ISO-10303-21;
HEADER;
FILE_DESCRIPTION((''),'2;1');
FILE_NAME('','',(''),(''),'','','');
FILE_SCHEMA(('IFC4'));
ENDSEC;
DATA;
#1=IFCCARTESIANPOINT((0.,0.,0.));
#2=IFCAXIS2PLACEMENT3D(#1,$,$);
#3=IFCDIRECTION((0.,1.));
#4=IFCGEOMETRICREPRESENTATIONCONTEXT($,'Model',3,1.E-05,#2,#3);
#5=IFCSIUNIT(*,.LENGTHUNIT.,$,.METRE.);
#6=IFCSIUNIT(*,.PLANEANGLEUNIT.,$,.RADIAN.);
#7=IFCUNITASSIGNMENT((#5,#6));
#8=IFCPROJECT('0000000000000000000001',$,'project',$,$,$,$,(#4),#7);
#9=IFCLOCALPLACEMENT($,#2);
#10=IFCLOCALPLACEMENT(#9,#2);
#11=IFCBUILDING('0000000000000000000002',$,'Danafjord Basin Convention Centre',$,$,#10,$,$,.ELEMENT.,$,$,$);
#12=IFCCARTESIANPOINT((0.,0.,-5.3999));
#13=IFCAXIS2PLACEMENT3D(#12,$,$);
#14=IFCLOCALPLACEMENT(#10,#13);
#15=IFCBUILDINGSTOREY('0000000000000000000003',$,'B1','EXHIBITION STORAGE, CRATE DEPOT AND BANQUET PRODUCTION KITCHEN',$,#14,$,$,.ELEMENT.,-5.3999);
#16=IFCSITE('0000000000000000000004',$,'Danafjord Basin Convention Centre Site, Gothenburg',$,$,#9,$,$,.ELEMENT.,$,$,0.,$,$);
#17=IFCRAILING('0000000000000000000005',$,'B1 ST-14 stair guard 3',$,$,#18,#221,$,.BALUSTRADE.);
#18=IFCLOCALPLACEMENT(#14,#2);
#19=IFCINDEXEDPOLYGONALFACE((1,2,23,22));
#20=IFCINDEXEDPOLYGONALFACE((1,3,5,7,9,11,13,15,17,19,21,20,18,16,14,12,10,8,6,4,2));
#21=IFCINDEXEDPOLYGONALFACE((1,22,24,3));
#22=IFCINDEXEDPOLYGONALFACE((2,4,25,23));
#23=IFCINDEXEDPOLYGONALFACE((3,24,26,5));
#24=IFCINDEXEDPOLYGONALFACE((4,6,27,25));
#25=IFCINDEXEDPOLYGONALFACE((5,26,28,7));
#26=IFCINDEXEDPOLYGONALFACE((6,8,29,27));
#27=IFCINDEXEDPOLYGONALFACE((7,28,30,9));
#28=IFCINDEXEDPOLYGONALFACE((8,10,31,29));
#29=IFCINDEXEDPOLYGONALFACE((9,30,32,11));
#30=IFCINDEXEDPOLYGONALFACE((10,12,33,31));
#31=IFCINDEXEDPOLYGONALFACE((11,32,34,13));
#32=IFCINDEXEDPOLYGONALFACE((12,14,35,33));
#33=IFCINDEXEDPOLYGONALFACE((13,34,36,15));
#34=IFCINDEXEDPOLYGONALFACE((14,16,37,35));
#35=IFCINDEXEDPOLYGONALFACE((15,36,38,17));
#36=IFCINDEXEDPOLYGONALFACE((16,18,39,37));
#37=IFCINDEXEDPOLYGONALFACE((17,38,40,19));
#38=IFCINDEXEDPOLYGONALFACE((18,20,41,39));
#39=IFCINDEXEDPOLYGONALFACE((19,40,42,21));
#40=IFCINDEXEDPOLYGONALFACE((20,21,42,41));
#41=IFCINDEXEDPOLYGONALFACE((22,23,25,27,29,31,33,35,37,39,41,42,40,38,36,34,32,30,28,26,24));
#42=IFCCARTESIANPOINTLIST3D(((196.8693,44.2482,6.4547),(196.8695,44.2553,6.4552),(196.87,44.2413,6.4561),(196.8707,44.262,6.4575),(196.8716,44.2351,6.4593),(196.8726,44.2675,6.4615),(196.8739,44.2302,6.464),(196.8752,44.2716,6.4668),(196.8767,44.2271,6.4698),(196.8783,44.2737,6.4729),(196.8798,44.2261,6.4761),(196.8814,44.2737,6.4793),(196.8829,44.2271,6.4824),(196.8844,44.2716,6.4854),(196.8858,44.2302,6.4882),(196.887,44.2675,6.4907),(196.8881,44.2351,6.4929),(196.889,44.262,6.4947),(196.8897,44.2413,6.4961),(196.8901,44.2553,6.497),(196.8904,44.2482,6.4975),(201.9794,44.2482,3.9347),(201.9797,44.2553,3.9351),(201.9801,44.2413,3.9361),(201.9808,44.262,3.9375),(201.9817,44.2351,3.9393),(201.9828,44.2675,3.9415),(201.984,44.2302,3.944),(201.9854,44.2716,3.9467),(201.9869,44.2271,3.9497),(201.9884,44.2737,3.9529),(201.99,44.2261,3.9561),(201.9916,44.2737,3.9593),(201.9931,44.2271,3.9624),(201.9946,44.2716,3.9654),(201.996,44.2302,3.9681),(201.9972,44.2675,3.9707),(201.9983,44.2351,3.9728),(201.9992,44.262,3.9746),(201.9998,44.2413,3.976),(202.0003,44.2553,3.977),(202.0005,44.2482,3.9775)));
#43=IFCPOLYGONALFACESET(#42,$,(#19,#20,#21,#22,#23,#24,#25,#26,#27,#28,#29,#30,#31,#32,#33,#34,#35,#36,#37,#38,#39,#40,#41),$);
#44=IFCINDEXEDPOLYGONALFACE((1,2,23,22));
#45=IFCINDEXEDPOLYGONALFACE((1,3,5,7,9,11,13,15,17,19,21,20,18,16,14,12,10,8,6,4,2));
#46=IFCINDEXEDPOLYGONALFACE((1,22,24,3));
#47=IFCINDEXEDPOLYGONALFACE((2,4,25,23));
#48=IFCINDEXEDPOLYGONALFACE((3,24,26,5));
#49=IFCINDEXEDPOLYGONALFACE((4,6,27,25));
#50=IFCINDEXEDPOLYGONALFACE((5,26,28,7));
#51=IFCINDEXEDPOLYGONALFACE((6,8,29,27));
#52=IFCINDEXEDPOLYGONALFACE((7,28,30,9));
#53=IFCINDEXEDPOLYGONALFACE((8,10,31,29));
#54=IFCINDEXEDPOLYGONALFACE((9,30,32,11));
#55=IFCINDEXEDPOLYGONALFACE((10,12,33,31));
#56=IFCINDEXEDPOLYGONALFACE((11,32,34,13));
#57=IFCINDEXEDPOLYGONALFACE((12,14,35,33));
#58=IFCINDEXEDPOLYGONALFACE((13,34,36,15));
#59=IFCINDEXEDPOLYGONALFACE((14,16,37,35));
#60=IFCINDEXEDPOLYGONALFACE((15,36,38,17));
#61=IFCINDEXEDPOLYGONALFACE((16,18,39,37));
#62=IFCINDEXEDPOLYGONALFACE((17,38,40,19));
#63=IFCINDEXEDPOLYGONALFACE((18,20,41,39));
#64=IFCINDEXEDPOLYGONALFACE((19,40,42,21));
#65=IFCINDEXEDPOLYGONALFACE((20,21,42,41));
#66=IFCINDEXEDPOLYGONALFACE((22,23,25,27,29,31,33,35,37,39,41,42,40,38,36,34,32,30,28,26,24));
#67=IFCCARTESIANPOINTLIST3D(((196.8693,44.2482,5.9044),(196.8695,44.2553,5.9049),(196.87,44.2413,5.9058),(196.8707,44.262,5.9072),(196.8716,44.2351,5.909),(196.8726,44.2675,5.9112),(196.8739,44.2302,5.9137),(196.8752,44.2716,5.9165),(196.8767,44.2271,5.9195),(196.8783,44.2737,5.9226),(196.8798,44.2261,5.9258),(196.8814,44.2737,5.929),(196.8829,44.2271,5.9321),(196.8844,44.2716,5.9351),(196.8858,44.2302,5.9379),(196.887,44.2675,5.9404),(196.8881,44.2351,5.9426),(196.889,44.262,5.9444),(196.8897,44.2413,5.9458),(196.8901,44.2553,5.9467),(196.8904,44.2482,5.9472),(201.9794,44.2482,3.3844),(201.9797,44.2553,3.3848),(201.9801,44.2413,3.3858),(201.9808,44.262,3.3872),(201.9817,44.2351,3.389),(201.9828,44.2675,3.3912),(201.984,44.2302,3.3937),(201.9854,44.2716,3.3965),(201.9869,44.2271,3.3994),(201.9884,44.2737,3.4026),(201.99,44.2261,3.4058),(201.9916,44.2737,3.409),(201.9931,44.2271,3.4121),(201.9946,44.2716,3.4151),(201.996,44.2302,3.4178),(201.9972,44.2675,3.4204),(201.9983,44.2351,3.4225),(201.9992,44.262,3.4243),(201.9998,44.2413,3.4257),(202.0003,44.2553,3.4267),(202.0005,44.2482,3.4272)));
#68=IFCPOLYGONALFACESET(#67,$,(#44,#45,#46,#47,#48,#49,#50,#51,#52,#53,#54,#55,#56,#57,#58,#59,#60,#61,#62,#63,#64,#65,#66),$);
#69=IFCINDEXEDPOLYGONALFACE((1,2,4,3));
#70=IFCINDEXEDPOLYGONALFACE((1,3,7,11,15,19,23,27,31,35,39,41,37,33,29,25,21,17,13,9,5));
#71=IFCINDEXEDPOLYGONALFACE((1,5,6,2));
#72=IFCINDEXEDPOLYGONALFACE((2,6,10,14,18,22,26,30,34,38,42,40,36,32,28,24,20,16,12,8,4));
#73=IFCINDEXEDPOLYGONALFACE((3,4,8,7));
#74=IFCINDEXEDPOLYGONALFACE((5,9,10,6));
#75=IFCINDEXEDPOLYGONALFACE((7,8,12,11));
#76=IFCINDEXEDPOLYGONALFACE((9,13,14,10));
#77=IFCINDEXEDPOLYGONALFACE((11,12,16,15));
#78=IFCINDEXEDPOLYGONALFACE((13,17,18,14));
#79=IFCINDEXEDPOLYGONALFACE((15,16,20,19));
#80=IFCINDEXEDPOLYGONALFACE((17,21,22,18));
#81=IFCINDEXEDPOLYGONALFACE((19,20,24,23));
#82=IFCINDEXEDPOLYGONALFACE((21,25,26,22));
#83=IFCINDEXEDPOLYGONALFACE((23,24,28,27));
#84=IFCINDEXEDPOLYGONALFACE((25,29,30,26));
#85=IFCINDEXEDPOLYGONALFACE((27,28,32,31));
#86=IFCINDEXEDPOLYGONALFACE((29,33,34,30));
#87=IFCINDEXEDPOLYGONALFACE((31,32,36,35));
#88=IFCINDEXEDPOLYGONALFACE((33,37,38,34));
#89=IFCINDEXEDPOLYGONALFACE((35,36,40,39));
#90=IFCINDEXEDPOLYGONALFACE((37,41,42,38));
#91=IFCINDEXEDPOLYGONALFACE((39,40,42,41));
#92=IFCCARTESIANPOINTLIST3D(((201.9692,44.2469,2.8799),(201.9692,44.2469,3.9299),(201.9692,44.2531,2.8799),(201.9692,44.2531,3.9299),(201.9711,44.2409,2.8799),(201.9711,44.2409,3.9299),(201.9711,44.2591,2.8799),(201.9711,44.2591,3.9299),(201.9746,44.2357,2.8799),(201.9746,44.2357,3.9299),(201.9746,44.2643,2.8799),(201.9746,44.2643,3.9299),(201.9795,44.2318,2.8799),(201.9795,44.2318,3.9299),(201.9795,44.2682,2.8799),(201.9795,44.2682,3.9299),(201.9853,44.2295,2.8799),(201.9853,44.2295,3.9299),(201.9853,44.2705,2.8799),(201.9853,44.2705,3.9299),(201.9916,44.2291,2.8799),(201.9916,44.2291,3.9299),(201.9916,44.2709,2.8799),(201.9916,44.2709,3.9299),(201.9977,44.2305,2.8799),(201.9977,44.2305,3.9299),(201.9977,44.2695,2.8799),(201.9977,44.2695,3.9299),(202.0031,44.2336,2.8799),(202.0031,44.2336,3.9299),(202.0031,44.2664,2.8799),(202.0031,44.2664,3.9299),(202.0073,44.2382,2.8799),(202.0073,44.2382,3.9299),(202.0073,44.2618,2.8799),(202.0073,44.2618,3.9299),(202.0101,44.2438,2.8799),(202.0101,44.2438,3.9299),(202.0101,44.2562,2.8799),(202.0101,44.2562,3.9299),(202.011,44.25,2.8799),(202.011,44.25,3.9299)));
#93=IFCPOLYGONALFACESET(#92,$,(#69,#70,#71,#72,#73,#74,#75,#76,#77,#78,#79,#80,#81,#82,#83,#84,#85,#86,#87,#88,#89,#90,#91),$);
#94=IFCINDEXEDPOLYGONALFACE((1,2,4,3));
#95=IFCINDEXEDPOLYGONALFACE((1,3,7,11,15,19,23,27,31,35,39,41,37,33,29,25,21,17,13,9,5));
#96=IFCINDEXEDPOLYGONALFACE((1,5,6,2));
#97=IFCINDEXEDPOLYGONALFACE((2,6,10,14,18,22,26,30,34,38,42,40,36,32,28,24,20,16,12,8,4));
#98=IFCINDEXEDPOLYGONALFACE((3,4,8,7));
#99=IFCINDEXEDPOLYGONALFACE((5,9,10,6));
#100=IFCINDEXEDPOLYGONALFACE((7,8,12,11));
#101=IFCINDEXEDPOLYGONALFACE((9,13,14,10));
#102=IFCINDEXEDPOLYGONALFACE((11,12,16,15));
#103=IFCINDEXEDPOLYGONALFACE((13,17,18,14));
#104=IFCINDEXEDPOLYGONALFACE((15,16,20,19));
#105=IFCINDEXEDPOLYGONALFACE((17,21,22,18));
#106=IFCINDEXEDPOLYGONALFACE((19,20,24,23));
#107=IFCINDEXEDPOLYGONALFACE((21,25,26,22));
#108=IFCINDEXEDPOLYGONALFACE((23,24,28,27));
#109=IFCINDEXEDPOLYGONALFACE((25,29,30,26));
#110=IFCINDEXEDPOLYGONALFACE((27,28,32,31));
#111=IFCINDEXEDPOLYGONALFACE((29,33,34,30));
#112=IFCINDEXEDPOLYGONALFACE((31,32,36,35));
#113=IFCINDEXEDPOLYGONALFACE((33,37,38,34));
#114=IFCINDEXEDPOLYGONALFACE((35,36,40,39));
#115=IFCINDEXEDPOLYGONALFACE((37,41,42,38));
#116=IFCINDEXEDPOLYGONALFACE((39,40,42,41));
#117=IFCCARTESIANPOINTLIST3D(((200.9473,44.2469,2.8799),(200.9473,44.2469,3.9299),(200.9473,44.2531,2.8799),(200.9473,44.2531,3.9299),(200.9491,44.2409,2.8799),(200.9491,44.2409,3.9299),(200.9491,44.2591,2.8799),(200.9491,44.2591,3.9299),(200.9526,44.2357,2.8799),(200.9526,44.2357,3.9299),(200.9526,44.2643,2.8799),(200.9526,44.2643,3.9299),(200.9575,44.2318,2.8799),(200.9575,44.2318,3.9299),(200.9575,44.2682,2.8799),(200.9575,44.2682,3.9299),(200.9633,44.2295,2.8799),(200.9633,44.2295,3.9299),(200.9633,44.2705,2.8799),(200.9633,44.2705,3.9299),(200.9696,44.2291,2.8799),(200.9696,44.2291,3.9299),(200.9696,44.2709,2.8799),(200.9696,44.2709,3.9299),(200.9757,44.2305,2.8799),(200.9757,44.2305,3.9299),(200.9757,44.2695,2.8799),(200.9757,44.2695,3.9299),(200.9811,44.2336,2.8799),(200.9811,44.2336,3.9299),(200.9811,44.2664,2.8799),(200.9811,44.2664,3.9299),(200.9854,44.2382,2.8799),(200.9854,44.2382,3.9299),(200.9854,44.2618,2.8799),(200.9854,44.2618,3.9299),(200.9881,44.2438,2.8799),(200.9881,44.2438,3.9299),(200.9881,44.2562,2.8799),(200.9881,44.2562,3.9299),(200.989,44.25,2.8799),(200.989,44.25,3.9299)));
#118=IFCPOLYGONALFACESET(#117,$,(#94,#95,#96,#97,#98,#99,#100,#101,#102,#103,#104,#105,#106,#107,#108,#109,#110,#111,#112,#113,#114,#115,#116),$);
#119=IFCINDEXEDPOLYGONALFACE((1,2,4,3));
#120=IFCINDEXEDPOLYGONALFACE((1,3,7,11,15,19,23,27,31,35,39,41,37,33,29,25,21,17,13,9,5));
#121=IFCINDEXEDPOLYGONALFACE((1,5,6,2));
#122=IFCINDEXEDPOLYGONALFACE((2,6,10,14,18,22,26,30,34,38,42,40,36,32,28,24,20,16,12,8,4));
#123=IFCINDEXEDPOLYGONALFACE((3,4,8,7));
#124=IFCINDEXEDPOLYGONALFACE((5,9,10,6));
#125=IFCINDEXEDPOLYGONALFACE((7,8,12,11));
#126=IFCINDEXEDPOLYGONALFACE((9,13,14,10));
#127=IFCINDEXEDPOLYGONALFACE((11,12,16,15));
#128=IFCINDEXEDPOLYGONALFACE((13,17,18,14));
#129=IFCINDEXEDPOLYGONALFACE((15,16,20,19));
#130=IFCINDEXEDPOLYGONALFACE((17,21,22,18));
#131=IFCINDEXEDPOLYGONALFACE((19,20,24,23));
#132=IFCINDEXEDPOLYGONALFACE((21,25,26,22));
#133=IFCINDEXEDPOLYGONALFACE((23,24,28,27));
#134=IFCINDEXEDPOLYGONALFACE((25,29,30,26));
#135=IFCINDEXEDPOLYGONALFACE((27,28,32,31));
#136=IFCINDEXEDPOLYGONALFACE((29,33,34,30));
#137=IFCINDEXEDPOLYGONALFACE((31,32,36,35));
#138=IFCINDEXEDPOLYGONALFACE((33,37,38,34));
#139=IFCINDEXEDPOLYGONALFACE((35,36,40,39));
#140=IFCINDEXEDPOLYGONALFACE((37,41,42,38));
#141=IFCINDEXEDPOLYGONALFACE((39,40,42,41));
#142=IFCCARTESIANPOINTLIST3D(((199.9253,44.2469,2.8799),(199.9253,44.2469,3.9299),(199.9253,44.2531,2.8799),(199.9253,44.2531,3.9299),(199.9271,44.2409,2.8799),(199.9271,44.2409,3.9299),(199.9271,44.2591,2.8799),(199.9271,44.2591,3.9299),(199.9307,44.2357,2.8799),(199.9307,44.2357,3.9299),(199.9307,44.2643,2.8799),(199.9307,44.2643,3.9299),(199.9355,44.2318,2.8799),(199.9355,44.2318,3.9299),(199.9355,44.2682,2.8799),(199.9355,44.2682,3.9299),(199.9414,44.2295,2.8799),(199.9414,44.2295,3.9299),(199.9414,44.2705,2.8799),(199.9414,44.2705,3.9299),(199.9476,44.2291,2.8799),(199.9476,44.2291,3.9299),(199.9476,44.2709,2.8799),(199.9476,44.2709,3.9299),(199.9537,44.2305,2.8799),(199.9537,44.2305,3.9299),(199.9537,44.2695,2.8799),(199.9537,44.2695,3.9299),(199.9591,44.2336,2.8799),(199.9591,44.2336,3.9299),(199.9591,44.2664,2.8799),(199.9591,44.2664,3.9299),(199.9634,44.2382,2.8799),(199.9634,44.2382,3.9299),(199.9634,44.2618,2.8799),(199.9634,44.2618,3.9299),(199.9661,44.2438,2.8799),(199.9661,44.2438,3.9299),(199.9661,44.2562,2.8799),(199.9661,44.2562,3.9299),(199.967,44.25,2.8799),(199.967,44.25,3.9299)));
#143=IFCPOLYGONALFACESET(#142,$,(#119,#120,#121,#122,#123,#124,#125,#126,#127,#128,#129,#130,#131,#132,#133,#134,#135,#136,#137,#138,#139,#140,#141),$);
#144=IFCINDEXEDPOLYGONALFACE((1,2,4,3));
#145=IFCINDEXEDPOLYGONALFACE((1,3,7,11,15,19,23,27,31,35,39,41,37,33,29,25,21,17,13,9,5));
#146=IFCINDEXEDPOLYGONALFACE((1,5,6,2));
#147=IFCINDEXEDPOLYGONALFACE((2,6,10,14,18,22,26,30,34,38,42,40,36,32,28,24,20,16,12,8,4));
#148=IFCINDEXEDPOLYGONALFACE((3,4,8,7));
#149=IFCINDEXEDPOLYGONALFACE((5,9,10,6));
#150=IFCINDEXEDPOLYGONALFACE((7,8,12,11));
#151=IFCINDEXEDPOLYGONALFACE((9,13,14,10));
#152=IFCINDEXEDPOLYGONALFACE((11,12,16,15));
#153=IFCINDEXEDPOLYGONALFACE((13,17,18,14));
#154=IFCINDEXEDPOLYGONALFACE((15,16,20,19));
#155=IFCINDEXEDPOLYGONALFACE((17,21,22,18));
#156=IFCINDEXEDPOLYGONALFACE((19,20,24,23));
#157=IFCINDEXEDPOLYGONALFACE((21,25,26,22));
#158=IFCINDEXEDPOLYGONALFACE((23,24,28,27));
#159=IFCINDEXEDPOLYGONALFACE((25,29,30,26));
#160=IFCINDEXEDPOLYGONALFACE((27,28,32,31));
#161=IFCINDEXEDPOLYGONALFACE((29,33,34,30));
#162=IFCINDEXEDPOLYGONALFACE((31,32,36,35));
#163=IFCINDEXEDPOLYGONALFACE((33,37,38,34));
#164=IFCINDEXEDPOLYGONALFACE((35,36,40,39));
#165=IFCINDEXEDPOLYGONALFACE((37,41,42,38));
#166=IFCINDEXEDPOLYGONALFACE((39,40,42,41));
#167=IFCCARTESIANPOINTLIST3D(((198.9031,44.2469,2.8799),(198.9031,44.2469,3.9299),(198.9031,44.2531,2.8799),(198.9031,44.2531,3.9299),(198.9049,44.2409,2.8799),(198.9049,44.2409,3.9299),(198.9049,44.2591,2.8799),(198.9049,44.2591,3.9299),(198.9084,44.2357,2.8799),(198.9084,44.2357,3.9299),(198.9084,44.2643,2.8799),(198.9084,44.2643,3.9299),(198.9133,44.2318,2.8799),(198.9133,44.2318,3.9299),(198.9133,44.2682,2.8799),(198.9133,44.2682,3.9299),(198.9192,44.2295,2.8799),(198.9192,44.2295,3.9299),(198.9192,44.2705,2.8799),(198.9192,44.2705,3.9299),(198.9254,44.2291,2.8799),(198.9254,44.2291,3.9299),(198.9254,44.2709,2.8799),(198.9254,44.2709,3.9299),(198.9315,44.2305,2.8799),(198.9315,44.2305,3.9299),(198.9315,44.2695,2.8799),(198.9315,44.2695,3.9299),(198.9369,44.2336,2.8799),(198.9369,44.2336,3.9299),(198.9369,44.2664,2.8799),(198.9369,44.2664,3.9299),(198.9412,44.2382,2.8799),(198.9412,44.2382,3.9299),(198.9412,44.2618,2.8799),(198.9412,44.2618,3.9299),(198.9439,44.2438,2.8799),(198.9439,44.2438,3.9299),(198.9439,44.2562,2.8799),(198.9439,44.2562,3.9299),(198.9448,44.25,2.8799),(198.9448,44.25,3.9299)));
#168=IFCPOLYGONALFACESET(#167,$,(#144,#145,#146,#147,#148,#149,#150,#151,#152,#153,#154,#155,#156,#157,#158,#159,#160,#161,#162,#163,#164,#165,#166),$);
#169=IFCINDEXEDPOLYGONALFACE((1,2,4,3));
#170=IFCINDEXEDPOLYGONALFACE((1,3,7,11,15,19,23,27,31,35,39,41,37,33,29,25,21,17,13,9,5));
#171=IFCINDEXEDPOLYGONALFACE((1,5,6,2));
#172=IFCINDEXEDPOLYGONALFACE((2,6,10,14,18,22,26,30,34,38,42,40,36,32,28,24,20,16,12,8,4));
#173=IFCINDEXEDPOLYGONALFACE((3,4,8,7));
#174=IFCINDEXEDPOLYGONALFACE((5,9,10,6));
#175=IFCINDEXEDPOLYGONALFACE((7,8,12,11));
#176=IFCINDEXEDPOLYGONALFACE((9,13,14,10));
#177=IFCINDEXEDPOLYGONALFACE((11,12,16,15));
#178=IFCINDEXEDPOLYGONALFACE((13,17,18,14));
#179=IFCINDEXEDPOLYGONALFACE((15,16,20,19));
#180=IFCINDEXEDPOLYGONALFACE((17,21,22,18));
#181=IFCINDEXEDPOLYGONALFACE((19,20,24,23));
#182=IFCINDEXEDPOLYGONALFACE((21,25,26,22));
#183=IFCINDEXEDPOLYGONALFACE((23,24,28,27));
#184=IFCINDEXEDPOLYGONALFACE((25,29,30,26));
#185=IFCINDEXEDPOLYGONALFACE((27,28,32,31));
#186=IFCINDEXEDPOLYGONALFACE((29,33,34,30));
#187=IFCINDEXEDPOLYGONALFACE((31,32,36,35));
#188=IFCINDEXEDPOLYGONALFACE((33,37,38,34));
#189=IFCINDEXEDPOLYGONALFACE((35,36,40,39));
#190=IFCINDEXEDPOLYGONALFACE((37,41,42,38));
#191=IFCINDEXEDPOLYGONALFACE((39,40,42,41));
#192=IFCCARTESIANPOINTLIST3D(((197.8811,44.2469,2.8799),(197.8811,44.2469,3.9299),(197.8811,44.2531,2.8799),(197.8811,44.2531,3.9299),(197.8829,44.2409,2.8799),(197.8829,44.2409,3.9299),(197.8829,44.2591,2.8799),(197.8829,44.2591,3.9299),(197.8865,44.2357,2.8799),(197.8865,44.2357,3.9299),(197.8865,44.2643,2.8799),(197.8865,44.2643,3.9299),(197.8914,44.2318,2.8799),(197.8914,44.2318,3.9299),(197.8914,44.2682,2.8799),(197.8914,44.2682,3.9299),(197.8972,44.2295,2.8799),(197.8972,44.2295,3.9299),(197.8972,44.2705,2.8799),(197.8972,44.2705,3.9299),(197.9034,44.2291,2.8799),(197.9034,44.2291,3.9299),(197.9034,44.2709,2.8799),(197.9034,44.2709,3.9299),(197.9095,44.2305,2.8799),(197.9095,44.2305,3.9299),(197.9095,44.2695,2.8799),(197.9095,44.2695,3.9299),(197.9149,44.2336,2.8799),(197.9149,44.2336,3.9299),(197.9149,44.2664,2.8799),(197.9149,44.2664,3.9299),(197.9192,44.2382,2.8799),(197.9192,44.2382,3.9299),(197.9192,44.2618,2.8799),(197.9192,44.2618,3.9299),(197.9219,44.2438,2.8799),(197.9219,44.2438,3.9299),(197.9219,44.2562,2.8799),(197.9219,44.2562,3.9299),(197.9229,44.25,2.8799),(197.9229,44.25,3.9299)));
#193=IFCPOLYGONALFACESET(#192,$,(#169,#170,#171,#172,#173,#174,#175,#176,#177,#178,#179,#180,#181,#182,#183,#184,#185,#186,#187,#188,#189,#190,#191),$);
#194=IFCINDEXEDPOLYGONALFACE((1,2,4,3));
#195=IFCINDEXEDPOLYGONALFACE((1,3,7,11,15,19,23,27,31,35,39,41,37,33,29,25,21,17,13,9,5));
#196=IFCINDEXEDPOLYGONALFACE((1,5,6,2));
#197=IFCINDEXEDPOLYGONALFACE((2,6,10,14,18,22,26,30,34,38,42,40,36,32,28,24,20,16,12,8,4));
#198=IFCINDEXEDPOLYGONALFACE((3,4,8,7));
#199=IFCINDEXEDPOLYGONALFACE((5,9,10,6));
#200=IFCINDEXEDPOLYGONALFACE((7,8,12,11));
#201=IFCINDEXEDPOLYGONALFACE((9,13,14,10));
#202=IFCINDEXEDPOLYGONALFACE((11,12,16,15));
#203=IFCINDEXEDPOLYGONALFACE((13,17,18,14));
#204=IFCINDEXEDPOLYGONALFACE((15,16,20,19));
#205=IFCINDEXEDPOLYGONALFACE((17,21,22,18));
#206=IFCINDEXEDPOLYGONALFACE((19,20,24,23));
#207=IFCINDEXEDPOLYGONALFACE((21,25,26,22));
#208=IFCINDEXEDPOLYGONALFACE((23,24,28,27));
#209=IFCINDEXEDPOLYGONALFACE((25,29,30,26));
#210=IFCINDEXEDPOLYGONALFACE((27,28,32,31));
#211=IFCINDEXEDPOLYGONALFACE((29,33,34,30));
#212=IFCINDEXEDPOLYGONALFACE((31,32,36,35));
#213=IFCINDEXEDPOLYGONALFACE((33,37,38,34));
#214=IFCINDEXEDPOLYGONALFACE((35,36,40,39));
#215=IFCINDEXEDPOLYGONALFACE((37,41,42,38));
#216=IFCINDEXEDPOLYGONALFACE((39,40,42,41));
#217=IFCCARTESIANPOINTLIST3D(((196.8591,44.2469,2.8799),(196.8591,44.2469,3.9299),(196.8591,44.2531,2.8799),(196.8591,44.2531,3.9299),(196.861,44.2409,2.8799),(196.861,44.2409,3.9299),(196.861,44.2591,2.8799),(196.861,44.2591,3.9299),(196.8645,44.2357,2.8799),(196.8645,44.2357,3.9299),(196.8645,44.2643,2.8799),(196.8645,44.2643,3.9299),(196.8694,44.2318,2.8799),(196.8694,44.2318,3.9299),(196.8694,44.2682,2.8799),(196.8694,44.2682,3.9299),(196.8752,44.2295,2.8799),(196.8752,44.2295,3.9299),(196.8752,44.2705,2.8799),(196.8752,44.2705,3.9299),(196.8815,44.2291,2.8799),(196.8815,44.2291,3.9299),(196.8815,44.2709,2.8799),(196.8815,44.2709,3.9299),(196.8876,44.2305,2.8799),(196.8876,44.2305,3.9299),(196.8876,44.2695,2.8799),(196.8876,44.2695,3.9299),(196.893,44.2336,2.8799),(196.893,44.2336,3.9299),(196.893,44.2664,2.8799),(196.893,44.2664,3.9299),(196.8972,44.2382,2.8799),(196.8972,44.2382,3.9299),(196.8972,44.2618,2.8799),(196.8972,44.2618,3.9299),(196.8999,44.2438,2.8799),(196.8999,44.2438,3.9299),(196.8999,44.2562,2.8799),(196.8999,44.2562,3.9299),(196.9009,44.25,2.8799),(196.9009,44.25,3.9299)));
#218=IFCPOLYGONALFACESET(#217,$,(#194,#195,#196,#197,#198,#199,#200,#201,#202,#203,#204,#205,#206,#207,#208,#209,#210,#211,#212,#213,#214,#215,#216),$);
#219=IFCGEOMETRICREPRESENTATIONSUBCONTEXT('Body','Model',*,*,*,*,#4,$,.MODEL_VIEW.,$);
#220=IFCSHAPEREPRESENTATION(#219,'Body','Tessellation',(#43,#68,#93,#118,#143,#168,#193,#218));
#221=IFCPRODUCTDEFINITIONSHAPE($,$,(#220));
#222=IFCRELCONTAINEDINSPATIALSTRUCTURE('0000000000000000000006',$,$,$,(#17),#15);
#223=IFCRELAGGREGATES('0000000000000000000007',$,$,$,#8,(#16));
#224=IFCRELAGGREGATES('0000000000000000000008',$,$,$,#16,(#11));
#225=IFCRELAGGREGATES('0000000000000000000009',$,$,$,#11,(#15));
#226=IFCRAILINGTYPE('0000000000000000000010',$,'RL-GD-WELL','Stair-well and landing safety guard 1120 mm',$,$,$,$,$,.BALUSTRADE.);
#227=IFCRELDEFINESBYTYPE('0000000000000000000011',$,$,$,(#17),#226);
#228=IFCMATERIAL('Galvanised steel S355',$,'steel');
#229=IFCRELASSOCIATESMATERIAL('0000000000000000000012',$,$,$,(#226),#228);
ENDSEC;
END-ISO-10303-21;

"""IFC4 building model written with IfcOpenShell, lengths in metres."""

from ifc_helpers import new_model, si_unit, direction, frame, origin, origin_2d, place, context, subcontext, project, spatial, circle, extrude, material, type_object, element, save


model = new_model("IFC4")

# Units and contexts
model_context = context("Model", 3, precision=1e-05, world=origin(), true_north=direction((0.0, 1.0)))
body_context = subcontext(model_context, "Body", "Model", "MODEL_VIEW")
ifc_project = project(units=[si_unit("LENGTHUNIT", "METRE"), si_unit("PLANEANGLEUNIT", "RADIAN")], contexts=[model_context])

# Site, building, storey
site_placement = place(None, origin())
site = spatial("IfcSite", under=ifc_project, at=site_placement, Name="Danafjord Basin Convention Centre Site, Gothenburg", CompositionType="ELEMENT", RefElevation=0.0)
building_placement = place(site_placement, origin())
building = spatial("IfcBuilding", under=site, at=building_placement, Name="Danafjord Basin Convention Centre", CompositionType="ELEMENT")
storey_placement = place(building_placement, frame((0.0, 0.0, -5.3999)))
storey = spatial("IfcBuildingStorey", under=building, at=storey_placement, Name="B1", Description="EXHIBITION STORAGE, CRATE DEPOT AND BANQUET PRODUCTION KITCHEN", CompositionType="ELEMENT", Elevation=-5.3999)

# Railing
ifc_material_1 = material(Name="Galvanised steel S355", Category="steel")
railing_type_1 = type_object("IfcRailingType", Name="RL-GD-WELL", Description="Stair-well and landing safety guard 1120 mm", PredefinedType="BALUSTRADE", material=ifc_material_1)
railing_1_placement = place(storey_placement, frame((201.99, 44.25, 2.8799)))
element("IfcRailing", 1, at=railing_1_placement, inside=storey, type_object=railing_type_1, Name="B1 ST-14 stair guard 3", PredefinedType="BALUSTRADE", context=body_context, shape_type="SweptSolid", body=[
    extrude(circle(Radius=0.0239, at=origin_2d()), frame((0.0, 0.0, 1.0762), z_axis=(-0.896873, 0.0, 0.442288), x_axis=(0.0, -1.0, 0.0)), (0.0, 0.0, 1.0), 5.6978),
    extrude(circle(Radius=0.0239, at=origin_2d()), frame((0.0, 0.0, 0.5259), z_axis=(-0.896873, 0.0, 0.442288), x_axis=(0.0, -1.0, 0.0)), (0.0, 0.0, 1.0), 5.6978),
    extrude(circle(Radius=0.021, at=origin_2d()), origin(), (0.0, 0.0, 1.0), 1.05),
    extrude(circle(Radius=0.021, at=origin_2d()), frame((-1.022, 0.0, 0.0)), (0.0, 0.0, 1.0), 1.05),
    extrude(circle(Radius=0.021, at=origin_2d()), frame((-2.0439, 0.0, 0.0)), (0.0, 0.0, 1.0), 1.05),
    extrude(circle(Radius=0.021, at=origin_2d()), frame((-3.0662, 0.0, 0.0)), (0.0, 0.0, 1.0), 1.05),
    extrude(circle(Radius=0.021, at=origin_2d()), frame((-4.0881, 0.0, 0.0)), (0.0, 0.0, 1.0), 1.05),
    extrude(circle(Radius=0.021, at=origin_2d()), frame((-5.1101, 0.0, 0.0)), (0.0, 0.0, 1.0), 1.05),
])

save(model, "model.ifc")
